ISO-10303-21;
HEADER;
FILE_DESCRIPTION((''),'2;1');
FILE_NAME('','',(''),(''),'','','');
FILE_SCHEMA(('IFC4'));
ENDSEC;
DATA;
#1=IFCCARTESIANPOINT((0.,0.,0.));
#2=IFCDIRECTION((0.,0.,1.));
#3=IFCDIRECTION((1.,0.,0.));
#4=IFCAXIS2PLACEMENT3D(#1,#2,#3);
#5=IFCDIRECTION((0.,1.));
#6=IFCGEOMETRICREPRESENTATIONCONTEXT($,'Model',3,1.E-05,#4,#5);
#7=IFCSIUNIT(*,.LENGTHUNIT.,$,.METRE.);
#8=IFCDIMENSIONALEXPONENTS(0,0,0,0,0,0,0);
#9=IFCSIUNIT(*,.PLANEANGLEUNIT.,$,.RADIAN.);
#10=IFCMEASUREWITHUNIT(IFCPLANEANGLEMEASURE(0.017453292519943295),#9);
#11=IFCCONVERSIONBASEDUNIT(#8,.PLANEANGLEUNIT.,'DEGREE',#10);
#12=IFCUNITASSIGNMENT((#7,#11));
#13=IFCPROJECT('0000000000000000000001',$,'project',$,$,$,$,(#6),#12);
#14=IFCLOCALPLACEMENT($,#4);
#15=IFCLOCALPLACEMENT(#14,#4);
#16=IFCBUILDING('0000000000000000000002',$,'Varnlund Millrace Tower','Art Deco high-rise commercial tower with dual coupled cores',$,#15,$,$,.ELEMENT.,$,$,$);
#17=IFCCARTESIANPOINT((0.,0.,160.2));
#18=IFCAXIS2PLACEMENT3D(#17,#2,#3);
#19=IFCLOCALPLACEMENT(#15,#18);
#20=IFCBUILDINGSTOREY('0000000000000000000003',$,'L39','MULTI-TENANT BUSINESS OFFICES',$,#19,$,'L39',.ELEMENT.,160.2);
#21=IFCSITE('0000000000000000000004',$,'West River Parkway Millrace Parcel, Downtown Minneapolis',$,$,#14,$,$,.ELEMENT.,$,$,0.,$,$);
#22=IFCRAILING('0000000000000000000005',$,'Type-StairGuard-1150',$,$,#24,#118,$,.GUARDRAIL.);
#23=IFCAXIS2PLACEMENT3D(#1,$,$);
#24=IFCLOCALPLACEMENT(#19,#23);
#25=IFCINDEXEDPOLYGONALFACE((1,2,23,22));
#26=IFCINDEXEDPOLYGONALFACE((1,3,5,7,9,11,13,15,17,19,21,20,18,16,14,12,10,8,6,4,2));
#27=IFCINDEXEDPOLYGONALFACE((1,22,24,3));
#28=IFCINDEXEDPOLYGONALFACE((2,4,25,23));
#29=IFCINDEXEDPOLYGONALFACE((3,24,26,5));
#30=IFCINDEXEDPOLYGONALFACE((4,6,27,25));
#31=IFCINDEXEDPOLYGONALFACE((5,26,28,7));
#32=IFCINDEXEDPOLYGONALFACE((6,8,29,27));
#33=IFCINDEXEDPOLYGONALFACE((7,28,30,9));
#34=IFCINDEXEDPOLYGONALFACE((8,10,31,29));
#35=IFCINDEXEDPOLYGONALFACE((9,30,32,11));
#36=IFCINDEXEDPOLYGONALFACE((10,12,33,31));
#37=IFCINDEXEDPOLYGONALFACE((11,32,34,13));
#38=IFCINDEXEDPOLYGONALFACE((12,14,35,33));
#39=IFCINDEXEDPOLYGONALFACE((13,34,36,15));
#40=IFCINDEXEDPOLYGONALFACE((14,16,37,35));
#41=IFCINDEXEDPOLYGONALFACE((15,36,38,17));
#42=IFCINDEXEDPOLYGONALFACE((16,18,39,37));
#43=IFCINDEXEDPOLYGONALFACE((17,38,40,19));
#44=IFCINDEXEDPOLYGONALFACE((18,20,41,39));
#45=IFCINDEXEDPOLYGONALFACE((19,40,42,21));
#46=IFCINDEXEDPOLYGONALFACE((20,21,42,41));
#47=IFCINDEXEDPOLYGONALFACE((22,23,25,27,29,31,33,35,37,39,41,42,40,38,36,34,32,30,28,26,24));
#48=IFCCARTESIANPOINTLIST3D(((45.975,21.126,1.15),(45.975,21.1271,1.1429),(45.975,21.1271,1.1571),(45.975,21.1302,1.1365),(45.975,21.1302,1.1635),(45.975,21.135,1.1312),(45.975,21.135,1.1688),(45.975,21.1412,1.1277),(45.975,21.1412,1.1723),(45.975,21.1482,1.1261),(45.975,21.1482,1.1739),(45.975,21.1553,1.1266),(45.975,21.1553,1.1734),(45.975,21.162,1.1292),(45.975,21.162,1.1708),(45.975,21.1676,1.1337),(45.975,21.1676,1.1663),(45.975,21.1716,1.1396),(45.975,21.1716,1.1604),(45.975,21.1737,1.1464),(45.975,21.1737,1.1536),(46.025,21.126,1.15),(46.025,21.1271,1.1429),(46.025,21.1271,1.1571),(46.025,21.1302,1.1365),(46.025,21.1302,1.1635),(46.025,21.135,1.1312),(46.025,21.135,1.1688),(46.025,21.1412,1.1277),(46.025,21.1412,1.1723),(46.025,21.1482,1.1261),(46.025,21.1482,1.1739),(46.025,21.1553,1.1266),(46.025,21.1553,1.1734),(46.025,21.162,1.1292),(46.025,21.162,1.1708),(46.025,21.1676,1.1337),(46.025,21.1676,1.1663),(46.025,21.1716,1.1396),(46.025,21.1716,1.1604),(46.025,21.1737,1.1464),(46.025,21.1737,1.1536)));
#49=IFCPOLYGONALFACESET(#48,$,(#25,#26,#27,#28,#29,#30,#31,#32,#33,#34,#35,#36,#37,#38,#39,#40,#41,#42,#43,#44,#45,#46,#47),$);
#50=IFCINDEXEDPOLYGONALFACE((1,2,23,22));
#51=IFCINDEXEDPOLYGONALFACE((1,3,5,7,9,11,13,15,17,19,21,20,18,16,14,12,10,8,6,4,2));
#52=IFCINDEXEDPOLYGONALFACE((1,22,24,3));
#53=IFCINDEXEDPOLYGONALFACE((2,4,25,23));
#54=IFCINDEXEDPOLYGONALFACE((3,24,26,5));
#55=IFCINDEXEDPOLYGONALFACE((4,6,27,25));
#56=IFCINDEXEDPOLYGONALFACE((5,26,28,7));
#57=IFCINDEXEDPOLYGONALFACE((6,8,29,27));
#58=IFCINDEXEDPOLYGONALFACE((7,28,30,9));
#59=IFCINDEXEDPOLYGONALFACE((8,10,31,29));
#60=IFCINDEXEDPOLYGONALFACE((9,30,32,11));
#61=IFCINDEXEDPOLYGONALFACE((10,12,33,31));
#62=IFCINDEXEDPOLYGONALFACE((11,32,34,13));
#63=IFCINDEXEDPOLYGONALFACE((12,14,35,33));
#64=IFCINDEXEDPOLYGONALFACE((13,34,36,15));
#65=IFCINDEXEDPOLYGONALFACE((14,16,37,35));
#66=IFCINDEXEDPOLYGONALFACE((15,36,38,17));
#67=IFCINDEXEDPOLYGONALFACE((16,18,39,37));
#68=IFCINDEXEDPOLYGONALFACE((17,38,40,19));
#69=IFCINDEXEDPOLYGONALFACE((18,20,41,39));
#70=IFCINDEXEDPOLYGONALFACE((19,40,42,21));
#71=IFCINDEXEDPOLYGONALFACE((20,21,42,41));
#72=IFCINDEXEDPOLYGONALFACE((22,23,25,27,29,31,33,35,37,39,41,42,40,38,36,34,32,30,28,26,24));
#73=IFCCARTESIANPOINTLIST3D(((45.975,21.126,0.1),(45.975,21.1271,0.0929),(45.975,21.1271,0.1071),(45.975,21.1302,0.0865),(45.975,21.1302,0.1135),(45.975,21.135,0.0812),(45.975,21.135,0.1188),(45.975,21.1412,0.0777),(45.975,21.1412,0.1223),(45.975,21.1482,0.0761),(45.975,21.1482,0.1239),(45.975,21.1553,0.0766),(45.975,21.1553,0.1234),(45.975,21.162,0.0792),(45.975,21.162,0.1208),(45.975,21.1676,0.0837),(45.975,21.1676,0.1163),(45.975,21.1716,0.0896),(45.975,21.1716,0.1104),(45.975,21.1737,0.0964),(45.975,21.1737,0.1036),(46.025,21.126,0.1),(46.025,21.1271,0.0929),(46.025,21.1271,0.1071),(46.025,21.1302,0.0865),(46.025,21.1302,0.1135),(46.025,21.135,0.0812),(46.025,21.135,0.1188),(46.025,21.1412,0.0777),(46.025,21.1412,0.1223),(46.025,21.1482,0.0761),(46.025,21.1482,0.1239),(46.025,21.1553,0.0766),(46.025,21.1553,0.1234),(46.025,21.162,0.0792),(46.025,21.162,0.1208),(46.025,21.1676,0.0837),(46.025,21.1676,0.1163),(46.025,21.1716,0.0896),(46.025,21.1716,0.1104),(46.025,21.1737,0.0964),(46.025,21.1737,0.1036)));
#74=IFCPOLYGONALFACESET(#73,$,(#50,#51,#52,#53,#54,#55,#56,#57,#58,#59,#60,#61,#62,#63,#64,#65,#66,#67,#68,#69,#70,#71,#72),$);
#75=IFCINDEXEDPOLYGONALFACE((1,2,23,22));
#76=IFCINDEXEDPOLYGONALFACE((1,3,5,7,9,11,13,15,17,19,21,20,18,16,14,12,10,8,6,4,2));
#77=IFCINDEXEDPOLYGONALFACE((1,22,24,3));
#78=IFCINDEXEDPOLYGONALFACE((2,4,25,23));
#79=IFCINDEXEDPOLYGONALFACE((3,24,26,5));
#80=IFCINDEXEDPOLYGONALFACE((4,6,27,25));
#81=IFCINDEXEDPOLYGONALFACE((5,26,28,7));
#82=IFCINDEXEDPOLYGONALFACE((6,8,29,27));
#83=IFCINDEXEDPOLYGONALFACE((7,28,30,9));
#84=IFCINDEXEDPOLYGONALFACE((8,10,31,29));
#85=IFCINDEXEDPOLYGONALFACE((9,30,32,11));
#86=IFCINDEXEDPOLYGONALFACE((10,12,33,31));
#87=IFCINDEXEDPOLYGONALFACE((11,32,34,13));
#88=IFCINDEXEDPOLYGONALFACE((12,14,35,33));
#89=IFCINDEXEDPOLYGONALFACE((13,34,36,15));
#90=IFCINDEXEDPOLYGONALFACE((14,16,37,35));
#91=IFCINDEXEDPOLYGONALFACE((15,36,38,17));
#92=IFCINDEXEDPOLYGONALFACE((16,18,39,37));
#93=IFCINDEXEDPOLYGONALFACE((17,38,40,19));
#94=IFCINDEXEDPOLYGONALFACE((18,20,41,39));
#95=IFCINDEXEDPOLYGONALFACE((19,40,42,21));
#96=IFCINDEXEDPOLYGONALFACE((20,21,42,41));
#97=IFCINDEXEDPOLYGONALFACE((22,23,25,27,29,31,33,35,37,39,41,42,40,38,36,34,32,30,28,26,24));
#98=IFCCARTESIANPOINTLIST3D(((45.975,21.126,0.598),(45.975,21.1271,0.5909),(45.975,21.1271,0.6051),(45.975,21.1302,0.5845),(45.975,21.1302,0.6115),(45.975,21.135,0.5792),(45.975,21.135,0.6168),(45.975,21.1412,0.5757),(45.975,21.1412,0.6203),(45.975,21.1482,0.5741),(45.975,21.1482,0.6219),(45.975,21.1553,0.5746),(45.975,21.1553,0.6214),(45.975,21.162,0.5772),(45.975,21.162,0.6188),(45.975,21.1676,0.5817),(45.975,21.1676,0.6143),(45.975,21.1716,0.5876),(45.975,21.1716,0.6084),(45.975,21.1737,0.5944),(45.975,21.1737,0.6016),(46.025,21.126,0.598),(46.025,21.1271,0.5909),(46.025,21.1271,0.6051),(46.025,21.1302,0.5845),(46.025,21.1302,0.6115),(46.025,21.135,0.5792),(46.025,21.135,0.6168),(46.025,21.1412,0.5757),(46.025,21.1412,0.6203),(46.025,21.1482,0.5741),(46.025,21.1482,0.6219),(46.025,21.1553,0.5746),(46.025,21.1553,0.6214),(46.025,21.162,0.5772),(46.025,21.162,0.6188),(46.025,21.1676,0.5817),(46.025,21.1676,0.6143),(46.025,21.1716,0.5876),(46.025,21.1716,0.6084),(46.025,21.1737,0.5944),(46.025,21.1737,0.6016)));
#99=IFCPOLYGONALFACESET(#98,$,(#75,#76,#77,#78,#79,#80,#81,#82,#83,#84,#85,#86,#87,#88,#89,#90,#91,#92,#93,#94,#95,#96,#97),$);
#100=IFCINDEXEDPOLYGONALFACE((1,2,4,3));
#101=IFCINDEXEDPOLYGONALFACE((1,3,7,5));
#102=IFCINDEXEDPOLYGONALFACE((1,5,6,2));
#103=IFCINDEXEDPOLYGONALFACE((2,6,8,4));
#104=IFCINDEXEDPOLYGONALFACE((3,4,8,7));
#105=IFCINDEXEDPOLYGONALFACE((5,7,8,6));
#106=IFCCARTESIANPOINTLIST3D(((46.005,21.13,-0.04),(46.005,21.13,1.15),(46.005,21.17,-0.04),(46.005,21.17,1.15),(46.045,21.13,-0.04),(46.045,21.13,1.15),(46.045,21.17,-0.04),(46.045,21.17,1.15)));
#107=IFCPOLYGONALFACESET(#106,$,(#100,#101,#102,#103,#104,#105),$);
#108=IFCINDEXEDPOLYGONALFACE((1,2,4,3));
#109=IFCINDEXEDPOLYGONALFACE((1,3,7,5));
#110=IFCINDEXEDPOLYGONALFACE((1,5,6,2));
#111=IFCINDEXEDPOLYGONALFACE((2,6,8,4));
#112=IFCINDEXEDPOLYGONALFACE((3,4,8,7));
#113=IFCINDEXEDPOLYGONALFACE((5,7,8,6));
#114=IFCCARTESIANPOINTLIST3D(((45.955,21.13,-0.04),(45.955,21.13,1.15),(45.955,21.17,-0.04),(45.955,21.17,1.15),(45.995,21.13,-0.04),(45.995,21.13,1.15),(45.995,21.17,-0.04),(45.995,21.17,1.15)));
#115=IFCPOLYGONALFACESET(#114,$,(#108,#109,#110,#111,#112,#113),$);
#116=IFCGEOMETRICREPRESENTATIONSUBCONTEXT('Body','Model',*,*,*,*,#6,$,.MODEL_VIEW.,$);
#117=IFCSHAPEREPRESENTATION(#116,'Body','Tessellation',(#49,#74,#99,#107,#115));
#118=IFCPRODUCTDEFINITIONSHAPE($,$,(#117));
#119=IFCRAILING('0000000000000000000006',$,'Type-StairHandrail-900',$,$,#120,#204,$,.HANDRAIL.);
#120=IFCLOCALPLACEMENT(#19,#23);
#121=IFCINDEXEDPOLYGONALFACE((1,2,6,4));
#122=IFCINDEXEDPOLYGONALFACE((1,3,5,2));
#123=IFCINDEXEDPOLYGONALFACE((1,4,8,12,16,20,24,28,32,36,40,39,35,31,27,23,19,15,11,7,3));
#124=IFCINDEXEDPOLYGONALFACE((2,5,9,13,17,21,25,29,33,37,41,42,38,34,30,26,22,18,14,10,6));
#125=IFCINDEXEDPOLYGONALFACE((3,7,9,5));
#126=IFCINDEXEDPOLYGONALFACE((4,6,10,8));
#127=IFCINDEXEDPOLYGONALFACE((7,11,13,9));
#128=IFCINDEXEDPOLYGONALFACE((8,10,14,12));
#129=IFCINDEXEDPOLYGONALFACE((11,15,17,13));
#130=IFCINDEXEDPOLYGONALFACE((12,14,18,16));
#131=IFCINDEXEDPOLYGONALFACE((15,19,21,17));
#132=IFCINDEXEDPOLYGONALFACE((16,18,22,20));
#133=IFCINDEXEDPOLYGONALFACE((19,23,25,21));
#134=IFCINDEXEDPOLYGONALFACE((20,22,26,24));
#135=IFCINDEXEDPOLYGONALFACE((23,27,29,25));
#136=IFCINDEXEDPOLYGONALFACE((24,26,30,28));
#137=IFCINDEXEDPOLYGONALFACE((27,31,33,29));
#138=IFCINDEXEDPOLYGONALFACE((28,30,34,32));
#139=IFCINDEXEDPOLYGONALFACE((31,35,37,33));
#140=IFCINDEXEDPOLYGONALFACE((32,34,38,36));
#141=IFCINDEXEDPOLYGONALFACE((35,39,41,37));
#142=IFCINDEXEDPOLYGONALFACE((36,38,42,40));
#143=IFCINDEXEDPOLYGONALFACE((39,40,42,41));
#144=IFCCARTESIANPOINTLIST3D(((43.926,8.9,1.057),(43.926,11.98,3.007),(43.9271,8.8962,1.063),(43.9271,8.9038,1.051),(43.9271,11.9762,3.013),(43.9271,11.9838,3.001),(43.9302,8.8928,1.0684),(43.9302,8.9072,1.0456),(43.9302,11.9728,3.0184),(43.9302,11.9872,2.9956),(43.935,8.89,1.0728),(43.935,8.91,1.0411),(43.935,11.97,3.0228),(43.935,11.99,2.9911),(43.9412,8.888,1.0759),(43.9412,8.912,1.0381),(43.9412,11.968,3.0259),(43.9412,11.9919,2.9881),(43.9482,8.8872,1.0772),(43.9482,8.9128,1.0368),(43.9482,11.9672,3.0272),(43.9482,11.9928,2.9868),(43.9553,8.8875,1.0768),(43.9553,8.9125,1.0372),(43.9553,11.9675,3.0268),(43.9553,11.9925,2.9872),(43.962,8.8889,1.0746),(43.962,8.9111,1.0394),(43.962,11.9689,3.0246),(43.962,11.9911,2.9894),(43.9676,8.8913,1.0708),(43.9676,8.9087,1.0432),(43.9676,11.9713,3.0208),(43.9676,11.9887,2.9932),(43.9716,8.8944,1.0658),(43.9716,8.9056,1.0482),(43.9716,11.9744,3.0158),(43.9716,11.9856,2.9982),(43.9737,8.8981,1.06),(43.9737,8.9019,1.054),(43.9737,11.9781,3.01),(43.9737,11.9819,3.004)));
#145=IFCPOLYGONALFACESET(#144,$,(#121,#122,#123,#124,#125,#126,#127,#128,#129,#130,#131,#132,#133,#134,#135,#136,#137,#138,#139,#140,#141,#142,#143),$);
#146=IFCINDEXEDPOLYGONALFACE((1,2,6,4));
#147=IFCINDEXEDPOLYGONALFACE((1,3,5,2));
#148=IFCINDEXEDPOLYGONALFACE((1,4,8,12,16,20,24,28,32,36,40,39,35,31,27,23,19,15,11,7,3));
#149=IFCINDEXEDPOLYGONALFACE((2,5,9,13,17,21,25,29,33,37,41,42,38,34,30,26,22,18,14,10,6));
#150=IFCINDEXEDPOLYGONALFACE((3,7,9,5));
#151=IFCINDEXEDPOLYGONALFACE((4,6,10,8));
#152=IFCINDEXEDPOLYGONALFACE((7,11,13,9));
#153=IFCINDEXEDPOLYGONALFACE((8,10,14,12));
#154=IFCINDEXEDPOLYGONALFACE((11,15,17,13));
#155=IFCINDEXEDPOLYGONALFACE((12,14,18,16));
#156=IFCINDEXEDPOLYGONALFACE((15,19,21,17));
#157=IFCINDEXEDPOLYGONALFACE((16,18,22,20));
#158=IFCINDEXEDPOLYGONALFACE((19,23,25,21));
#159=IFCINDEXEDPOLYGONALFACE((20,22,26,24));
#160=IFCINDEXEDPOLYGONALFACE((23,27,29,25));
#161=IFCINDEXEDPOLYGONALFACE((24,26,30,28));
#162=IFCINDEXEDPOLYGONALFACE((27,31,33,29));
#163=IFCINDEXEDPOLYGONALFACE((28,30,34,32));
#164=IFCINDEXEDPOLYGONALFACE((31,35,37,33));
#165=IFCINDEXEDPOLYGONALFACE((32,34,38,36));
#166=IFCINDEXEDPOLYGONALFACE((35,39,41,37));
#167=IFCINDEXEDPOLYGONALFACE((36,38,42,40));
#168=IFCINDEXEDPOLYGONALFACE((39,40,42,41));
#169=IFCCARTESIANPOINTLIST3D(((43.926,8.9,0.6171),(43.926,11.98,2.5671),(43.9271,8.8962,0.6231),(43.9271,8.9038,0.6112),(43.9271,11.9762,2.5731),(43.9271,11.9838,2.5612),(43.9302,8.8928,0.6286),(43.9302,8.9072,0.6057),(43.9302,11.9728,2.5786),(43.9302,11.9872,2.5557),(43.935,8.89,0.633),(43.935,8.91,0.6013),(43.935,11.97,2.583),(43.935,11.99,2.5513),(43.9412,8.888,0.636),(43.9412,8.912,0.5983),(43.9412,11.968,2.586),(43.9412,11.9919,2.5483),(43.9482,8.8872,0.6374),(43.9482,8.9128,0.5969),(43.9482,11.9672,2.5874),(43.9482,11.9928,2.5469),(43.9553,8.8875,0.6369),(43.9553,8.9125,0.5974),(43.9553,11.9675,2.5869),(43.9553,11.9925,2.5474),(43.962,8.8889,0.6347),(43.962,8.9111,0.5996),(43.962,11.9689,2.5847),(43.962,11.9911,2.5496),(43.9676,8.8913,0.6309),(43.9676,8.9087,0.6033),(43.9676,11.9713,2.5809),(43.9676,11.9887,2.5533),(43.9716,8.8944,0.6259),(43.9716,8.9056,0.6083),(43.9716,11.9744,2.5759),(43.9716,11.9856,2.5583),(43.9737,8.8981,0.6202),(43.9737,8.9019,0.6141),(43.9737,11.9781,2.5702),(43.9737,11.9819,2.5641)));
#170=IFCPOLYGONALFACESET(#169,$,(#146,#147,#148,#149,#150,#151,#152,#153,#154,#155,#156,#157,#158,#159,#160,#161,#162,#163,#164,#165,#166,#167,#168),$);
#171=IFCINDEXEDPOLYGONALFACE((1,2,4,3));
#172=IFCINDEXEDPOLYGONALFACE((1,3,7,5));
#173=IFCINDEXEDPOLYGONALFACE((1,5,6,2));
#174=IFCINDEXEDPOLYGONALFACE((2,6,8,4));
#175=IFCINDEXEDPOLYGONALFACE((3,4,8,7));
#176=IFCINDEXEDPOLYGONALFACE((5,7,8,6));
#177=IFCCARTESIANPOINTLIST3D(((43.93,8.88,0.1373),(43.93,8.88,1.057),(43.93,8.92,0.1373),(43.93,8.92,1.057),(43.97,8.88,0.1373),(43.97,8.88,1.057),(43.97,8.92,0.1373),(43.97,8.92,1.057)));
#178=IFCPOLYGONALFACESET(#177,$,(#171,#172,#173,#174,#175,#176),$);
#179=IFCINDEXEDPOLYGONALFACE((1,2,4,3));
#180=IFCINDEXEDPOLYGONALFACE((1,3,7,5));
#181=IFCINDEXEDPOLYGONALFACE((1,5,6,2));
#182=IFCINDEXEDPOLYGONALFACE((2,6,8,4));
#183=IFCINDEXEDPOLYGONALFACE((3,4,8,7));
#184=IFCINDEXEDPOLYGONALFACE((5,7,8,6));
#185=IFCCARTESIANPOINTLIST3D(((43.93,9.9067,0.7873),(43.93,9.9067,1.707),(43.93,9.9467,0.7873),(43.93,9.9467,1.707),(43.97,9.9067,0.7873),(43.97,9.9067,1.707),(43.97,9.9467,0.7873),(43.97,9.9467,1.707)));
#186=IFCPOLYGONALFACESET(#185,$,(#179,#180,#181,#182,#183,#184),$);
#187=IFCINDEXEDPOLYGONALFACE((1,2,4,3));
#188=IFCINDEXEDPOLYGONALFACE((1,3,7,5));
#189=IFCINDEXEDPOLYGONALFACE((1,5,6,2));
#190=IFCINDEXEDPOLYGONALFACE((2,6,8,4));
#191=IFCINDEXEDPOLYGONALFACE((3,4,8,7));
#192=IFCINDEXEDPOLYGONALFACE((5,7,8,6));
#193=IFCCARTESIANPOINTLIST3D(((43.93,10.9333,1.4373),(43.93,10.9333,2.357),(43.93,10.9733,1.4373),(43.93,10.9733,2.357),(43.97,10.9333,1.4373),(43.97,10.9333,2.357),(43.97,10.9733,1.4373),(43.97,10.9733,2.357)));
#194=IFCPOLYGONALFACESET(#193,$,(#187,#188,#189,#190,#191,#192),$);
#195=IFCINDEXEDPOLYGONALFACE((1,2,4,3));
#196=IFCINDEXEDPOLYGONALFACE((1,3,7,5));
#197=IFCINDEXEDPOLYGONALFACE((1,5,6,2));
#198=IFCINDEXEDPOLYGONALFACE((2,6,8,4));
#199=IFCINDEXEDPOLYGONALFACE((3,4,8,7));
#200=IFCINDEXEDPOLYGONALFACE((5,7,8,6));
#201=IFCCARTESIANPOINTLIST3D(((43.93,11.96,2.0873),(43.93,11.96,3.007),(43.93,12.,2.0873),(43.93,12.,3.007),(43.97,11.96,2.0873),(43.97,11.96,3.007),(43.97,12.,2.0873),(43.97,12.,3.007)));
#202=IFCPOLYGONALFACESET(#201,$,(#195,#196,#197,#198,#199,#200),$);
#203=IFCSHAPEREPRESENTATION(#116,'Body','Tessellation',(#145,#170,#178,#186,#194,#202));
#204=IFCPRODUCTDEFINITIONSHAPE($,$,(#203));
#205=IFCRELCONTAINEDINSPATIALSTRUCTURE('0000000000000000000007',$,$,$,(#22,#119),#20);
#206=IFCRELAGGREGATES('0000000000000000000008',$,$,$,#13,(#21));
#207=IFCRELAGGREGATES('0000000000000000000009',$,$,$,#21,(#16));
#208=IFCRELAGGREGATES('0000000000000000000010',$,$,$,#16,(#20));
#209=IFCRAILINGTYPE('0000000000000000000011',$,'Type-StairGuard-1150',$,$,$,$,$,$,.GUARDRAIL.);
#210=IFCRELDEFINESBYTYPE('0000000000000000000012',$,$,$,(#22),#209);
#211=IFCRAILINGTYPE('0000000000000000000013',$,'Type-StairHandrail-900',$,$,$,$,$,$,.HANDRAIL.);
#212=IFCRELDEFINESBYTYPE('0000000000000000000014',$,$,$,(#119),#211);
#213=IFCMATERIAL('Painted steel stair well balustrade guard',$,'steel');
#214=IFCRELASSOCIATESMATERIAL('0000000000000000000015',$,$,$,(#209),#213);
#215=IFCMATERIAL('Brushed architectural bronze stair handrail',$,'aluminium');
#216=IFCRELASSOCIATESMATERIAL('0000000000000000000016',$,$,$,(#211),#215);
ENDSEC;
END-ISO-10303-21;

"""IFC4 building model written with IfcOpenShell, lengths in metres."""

from ifc_helpers import new_model, entity, si_unit, converted_unit, direction, frame, origin_with_axes, origin_2d_with_axis, place, context, subcontext, project, spatial, rectangle, circle, extrude, material, type_object, element, save


model = new_model("IFC4")

# Units and contexts
model_context = context("Model", 3, precision=1e-05, world=origin_with_axes(), true_north=direction((0.0, 1.0)))
body_context = subcontext(model_context, "Body", "Model", "MODEL_VIEW")
ifc_project = project(units=[si_unit("LENGTHUNIT", "METRE"), converted_unit("PLANEANGLEUNIT", "DEGREE", entity("IfcPlaneAngleMeasure", 0.017453292519943295), si_unit("PLANEANGLEUNIT", "RADIAN"), dimensions=[0, 0, 0, 0, 0, 0, 0])], contexts=[model_context])

# Site, building, storey
site_placement = place(None, origin_with_axes())
site = spatial("IfcSite", under=ifc_project, at=site_placement, Name="West River Parkway Millrace Parcel, Downtown Minneapolis", CompositionType="ELEMENT", RefElevation=0.0)
building_placement = place(site_placement, origin_with_axes())
building = spatial("IfcBuilding", under=site, at=building_placement, Name="Varnlund Millrace Tower", Description="Art Deco high-rise commercial tower with dual coupled cores", CompositionType="ELEMENT")
storey_placement = place(building_placement, frame((0.0, 0.0, 160.2), z_axis=(0.0, 0.0, 1.0), x_axis=(1.0, 0.0, 0.0)))
storey = spatial("IfcBuildingStorey", under=building, at=storey_placement, Name="L39", Description="MULTI-TENANT BUSINESS OFFICES", LongName="L39", CompositionType="ELEMENT", Elevation=160.2)

# Railings
ifc_material_1 = material(Name="Painted steel stair well balustrade guard", Category="steel")
railing_type_1 = type_object("IfcRailingType", Name="Type-StairGuard-1150", PredefinedType="GUARDRAIL", material=ifc_material_1)
railing_1_placement = place(storey_placement, frame((0.0, 0.0, -160.2), z_axis=(0.0, 0.0, 1.0), x_axis=(1.0, 0.0, 0.0)))
element("IfcRailing", 1, at=railing_1_placement, inside=storey, type_object=railing_type_1, Name="Type-StairGuard-1150", PredefinedType="GUARDRAIL", context=body_context, shape_type="SweptSolid", body=[
    extrude(circle(Radius=0.024, at=origin_2d_with_axis()), frame((46.025, 21.15, 161.35), z_axis=(-1.0, 0.0, 0.0), x_axis=(0.0, -1.0, 0.0)), (0.0, 0.0, 1.0), 0.05),
    extrude(circle(Radius=0.024, at=origin_2d_with_axis()), frame((46.025, 21.15, 160.3), z_axis=(-1.0, 0.0, 0.0), x_axis=(0.0, -1.0, 0.0)), (0.0, 0.0, 1.0), 0.05),
    extrude(circle(Radius=0.024, at=origin_2d_with_axis()), frame((46.025, 21.15, 160.798), z_axis=(-1.0, 0.0, 0.0), x_axis=(0.0, -1.0, 0.0)), (0.0, 0.0, 1.0), 0.05),
    extrude(rectangle(XDim=0.04, YDim=0.04, at=origin_2d_with_axis()), frame((46.025, 21.15, 160.16), z_axis=(0.0, 0.0, 1.0), x_axis=(1.0, 0.0, 0.0)), (0.0, 0.0, 1.0), 1.19),
    extrude(rectangle(XDim=0.04, YDim=0.04, at=origin_2d_with_axis()), frame((45.975, 21.15, 160.16), z_axis=(0.0, 0.0, 1.0), x_axis=(1.0, 0.0, 0.0)), (0.0, 0.0, 1.0), 1.19),
])
ifc_material_2 = material(Name="Brushed architectural bronze stair handrail", Category="aluminium")
railing_type_2 = type_object("IfcRailingType", Name="Type-StairHandrail-900", PredefinedType="HANDRAIL", material=ifc_material_2)
railing_2_placement = place(storey_placement, frame((0.0, 0.0, -160.2), z_axis=(0.0, 0.0, 1.0), x_axis=(1.0, 0.0, 0.0)))
element("IfcRailing", 2, at=railing_2_placement, inside=storey, type_object=railing_type_2, Name="Type-StairHandrail-900", PredefinedType="HANDRAIL", context=body_context, shape_type="SweptSolid", body=[
    extrude(circle(Radius=0.024, at=origin_2d_with_axis()), frame((43.95, 8.9, 161.257), z_axis=(0.0, 0.844902, 0.534922), x_axis=(-1.0, 0.0, 0.0)), (0.0, 0.0, 1.0), 3.6454),
    extrude(circle(Radius=0.024, at=origin_2d_with_axis()), frame((43.95, 8.9, 160.8171), z_axis=(0.0, 0.844902, 0.534922), x_axis=(-1.0, 0.0, 0.0)), (0.0, 0.0, 1.0), 3.6454),
    extrude(rectangle(XDim=0.04, YDim=0.04, at=origin_2d_with_axis()), frame((43.95, 8.9, 160.3373), z_axis=(0.0, 0.0, 1.0), x_axis=(1.0, 0.0, 0.0)), (0.0, 0.0, 1.0), 0.9197),
    extrude(rectangle(XDim=0.04, YDim=0.04, at=origin_2d_with_axis()), frame((43.95, 9.9267, 160.9873), z_axis=(0.0, 0.0, 1.0), x_axis=(1.0, 0.0, 0.0)), (0.0, 0.0, 1.0), 0.9197),
    extrude(rectangle(XDim=0.04, YDim=0.04, at=origin_2d_with_axis()), frame((43.95, 10.9533, 161.6373), z_axis=(0.0, 0.0, 1.0), x_axis=(1.0, 0.0, 0.0)), (0.0, 0.0, 1.0), 0.9197),
    extrude(rectangle(XDim=0.04, YDim=0.04, at=origin_2d_with_axis()), frame((43.95, 11.98, 162.2873), z_axis=(0.0, 0.0, 1.0), x_axis=(1.0, 0.0, 0.0)), (0.0, 0.0, 1.0), 0.9197),
])

save(model, "model.ifc")
